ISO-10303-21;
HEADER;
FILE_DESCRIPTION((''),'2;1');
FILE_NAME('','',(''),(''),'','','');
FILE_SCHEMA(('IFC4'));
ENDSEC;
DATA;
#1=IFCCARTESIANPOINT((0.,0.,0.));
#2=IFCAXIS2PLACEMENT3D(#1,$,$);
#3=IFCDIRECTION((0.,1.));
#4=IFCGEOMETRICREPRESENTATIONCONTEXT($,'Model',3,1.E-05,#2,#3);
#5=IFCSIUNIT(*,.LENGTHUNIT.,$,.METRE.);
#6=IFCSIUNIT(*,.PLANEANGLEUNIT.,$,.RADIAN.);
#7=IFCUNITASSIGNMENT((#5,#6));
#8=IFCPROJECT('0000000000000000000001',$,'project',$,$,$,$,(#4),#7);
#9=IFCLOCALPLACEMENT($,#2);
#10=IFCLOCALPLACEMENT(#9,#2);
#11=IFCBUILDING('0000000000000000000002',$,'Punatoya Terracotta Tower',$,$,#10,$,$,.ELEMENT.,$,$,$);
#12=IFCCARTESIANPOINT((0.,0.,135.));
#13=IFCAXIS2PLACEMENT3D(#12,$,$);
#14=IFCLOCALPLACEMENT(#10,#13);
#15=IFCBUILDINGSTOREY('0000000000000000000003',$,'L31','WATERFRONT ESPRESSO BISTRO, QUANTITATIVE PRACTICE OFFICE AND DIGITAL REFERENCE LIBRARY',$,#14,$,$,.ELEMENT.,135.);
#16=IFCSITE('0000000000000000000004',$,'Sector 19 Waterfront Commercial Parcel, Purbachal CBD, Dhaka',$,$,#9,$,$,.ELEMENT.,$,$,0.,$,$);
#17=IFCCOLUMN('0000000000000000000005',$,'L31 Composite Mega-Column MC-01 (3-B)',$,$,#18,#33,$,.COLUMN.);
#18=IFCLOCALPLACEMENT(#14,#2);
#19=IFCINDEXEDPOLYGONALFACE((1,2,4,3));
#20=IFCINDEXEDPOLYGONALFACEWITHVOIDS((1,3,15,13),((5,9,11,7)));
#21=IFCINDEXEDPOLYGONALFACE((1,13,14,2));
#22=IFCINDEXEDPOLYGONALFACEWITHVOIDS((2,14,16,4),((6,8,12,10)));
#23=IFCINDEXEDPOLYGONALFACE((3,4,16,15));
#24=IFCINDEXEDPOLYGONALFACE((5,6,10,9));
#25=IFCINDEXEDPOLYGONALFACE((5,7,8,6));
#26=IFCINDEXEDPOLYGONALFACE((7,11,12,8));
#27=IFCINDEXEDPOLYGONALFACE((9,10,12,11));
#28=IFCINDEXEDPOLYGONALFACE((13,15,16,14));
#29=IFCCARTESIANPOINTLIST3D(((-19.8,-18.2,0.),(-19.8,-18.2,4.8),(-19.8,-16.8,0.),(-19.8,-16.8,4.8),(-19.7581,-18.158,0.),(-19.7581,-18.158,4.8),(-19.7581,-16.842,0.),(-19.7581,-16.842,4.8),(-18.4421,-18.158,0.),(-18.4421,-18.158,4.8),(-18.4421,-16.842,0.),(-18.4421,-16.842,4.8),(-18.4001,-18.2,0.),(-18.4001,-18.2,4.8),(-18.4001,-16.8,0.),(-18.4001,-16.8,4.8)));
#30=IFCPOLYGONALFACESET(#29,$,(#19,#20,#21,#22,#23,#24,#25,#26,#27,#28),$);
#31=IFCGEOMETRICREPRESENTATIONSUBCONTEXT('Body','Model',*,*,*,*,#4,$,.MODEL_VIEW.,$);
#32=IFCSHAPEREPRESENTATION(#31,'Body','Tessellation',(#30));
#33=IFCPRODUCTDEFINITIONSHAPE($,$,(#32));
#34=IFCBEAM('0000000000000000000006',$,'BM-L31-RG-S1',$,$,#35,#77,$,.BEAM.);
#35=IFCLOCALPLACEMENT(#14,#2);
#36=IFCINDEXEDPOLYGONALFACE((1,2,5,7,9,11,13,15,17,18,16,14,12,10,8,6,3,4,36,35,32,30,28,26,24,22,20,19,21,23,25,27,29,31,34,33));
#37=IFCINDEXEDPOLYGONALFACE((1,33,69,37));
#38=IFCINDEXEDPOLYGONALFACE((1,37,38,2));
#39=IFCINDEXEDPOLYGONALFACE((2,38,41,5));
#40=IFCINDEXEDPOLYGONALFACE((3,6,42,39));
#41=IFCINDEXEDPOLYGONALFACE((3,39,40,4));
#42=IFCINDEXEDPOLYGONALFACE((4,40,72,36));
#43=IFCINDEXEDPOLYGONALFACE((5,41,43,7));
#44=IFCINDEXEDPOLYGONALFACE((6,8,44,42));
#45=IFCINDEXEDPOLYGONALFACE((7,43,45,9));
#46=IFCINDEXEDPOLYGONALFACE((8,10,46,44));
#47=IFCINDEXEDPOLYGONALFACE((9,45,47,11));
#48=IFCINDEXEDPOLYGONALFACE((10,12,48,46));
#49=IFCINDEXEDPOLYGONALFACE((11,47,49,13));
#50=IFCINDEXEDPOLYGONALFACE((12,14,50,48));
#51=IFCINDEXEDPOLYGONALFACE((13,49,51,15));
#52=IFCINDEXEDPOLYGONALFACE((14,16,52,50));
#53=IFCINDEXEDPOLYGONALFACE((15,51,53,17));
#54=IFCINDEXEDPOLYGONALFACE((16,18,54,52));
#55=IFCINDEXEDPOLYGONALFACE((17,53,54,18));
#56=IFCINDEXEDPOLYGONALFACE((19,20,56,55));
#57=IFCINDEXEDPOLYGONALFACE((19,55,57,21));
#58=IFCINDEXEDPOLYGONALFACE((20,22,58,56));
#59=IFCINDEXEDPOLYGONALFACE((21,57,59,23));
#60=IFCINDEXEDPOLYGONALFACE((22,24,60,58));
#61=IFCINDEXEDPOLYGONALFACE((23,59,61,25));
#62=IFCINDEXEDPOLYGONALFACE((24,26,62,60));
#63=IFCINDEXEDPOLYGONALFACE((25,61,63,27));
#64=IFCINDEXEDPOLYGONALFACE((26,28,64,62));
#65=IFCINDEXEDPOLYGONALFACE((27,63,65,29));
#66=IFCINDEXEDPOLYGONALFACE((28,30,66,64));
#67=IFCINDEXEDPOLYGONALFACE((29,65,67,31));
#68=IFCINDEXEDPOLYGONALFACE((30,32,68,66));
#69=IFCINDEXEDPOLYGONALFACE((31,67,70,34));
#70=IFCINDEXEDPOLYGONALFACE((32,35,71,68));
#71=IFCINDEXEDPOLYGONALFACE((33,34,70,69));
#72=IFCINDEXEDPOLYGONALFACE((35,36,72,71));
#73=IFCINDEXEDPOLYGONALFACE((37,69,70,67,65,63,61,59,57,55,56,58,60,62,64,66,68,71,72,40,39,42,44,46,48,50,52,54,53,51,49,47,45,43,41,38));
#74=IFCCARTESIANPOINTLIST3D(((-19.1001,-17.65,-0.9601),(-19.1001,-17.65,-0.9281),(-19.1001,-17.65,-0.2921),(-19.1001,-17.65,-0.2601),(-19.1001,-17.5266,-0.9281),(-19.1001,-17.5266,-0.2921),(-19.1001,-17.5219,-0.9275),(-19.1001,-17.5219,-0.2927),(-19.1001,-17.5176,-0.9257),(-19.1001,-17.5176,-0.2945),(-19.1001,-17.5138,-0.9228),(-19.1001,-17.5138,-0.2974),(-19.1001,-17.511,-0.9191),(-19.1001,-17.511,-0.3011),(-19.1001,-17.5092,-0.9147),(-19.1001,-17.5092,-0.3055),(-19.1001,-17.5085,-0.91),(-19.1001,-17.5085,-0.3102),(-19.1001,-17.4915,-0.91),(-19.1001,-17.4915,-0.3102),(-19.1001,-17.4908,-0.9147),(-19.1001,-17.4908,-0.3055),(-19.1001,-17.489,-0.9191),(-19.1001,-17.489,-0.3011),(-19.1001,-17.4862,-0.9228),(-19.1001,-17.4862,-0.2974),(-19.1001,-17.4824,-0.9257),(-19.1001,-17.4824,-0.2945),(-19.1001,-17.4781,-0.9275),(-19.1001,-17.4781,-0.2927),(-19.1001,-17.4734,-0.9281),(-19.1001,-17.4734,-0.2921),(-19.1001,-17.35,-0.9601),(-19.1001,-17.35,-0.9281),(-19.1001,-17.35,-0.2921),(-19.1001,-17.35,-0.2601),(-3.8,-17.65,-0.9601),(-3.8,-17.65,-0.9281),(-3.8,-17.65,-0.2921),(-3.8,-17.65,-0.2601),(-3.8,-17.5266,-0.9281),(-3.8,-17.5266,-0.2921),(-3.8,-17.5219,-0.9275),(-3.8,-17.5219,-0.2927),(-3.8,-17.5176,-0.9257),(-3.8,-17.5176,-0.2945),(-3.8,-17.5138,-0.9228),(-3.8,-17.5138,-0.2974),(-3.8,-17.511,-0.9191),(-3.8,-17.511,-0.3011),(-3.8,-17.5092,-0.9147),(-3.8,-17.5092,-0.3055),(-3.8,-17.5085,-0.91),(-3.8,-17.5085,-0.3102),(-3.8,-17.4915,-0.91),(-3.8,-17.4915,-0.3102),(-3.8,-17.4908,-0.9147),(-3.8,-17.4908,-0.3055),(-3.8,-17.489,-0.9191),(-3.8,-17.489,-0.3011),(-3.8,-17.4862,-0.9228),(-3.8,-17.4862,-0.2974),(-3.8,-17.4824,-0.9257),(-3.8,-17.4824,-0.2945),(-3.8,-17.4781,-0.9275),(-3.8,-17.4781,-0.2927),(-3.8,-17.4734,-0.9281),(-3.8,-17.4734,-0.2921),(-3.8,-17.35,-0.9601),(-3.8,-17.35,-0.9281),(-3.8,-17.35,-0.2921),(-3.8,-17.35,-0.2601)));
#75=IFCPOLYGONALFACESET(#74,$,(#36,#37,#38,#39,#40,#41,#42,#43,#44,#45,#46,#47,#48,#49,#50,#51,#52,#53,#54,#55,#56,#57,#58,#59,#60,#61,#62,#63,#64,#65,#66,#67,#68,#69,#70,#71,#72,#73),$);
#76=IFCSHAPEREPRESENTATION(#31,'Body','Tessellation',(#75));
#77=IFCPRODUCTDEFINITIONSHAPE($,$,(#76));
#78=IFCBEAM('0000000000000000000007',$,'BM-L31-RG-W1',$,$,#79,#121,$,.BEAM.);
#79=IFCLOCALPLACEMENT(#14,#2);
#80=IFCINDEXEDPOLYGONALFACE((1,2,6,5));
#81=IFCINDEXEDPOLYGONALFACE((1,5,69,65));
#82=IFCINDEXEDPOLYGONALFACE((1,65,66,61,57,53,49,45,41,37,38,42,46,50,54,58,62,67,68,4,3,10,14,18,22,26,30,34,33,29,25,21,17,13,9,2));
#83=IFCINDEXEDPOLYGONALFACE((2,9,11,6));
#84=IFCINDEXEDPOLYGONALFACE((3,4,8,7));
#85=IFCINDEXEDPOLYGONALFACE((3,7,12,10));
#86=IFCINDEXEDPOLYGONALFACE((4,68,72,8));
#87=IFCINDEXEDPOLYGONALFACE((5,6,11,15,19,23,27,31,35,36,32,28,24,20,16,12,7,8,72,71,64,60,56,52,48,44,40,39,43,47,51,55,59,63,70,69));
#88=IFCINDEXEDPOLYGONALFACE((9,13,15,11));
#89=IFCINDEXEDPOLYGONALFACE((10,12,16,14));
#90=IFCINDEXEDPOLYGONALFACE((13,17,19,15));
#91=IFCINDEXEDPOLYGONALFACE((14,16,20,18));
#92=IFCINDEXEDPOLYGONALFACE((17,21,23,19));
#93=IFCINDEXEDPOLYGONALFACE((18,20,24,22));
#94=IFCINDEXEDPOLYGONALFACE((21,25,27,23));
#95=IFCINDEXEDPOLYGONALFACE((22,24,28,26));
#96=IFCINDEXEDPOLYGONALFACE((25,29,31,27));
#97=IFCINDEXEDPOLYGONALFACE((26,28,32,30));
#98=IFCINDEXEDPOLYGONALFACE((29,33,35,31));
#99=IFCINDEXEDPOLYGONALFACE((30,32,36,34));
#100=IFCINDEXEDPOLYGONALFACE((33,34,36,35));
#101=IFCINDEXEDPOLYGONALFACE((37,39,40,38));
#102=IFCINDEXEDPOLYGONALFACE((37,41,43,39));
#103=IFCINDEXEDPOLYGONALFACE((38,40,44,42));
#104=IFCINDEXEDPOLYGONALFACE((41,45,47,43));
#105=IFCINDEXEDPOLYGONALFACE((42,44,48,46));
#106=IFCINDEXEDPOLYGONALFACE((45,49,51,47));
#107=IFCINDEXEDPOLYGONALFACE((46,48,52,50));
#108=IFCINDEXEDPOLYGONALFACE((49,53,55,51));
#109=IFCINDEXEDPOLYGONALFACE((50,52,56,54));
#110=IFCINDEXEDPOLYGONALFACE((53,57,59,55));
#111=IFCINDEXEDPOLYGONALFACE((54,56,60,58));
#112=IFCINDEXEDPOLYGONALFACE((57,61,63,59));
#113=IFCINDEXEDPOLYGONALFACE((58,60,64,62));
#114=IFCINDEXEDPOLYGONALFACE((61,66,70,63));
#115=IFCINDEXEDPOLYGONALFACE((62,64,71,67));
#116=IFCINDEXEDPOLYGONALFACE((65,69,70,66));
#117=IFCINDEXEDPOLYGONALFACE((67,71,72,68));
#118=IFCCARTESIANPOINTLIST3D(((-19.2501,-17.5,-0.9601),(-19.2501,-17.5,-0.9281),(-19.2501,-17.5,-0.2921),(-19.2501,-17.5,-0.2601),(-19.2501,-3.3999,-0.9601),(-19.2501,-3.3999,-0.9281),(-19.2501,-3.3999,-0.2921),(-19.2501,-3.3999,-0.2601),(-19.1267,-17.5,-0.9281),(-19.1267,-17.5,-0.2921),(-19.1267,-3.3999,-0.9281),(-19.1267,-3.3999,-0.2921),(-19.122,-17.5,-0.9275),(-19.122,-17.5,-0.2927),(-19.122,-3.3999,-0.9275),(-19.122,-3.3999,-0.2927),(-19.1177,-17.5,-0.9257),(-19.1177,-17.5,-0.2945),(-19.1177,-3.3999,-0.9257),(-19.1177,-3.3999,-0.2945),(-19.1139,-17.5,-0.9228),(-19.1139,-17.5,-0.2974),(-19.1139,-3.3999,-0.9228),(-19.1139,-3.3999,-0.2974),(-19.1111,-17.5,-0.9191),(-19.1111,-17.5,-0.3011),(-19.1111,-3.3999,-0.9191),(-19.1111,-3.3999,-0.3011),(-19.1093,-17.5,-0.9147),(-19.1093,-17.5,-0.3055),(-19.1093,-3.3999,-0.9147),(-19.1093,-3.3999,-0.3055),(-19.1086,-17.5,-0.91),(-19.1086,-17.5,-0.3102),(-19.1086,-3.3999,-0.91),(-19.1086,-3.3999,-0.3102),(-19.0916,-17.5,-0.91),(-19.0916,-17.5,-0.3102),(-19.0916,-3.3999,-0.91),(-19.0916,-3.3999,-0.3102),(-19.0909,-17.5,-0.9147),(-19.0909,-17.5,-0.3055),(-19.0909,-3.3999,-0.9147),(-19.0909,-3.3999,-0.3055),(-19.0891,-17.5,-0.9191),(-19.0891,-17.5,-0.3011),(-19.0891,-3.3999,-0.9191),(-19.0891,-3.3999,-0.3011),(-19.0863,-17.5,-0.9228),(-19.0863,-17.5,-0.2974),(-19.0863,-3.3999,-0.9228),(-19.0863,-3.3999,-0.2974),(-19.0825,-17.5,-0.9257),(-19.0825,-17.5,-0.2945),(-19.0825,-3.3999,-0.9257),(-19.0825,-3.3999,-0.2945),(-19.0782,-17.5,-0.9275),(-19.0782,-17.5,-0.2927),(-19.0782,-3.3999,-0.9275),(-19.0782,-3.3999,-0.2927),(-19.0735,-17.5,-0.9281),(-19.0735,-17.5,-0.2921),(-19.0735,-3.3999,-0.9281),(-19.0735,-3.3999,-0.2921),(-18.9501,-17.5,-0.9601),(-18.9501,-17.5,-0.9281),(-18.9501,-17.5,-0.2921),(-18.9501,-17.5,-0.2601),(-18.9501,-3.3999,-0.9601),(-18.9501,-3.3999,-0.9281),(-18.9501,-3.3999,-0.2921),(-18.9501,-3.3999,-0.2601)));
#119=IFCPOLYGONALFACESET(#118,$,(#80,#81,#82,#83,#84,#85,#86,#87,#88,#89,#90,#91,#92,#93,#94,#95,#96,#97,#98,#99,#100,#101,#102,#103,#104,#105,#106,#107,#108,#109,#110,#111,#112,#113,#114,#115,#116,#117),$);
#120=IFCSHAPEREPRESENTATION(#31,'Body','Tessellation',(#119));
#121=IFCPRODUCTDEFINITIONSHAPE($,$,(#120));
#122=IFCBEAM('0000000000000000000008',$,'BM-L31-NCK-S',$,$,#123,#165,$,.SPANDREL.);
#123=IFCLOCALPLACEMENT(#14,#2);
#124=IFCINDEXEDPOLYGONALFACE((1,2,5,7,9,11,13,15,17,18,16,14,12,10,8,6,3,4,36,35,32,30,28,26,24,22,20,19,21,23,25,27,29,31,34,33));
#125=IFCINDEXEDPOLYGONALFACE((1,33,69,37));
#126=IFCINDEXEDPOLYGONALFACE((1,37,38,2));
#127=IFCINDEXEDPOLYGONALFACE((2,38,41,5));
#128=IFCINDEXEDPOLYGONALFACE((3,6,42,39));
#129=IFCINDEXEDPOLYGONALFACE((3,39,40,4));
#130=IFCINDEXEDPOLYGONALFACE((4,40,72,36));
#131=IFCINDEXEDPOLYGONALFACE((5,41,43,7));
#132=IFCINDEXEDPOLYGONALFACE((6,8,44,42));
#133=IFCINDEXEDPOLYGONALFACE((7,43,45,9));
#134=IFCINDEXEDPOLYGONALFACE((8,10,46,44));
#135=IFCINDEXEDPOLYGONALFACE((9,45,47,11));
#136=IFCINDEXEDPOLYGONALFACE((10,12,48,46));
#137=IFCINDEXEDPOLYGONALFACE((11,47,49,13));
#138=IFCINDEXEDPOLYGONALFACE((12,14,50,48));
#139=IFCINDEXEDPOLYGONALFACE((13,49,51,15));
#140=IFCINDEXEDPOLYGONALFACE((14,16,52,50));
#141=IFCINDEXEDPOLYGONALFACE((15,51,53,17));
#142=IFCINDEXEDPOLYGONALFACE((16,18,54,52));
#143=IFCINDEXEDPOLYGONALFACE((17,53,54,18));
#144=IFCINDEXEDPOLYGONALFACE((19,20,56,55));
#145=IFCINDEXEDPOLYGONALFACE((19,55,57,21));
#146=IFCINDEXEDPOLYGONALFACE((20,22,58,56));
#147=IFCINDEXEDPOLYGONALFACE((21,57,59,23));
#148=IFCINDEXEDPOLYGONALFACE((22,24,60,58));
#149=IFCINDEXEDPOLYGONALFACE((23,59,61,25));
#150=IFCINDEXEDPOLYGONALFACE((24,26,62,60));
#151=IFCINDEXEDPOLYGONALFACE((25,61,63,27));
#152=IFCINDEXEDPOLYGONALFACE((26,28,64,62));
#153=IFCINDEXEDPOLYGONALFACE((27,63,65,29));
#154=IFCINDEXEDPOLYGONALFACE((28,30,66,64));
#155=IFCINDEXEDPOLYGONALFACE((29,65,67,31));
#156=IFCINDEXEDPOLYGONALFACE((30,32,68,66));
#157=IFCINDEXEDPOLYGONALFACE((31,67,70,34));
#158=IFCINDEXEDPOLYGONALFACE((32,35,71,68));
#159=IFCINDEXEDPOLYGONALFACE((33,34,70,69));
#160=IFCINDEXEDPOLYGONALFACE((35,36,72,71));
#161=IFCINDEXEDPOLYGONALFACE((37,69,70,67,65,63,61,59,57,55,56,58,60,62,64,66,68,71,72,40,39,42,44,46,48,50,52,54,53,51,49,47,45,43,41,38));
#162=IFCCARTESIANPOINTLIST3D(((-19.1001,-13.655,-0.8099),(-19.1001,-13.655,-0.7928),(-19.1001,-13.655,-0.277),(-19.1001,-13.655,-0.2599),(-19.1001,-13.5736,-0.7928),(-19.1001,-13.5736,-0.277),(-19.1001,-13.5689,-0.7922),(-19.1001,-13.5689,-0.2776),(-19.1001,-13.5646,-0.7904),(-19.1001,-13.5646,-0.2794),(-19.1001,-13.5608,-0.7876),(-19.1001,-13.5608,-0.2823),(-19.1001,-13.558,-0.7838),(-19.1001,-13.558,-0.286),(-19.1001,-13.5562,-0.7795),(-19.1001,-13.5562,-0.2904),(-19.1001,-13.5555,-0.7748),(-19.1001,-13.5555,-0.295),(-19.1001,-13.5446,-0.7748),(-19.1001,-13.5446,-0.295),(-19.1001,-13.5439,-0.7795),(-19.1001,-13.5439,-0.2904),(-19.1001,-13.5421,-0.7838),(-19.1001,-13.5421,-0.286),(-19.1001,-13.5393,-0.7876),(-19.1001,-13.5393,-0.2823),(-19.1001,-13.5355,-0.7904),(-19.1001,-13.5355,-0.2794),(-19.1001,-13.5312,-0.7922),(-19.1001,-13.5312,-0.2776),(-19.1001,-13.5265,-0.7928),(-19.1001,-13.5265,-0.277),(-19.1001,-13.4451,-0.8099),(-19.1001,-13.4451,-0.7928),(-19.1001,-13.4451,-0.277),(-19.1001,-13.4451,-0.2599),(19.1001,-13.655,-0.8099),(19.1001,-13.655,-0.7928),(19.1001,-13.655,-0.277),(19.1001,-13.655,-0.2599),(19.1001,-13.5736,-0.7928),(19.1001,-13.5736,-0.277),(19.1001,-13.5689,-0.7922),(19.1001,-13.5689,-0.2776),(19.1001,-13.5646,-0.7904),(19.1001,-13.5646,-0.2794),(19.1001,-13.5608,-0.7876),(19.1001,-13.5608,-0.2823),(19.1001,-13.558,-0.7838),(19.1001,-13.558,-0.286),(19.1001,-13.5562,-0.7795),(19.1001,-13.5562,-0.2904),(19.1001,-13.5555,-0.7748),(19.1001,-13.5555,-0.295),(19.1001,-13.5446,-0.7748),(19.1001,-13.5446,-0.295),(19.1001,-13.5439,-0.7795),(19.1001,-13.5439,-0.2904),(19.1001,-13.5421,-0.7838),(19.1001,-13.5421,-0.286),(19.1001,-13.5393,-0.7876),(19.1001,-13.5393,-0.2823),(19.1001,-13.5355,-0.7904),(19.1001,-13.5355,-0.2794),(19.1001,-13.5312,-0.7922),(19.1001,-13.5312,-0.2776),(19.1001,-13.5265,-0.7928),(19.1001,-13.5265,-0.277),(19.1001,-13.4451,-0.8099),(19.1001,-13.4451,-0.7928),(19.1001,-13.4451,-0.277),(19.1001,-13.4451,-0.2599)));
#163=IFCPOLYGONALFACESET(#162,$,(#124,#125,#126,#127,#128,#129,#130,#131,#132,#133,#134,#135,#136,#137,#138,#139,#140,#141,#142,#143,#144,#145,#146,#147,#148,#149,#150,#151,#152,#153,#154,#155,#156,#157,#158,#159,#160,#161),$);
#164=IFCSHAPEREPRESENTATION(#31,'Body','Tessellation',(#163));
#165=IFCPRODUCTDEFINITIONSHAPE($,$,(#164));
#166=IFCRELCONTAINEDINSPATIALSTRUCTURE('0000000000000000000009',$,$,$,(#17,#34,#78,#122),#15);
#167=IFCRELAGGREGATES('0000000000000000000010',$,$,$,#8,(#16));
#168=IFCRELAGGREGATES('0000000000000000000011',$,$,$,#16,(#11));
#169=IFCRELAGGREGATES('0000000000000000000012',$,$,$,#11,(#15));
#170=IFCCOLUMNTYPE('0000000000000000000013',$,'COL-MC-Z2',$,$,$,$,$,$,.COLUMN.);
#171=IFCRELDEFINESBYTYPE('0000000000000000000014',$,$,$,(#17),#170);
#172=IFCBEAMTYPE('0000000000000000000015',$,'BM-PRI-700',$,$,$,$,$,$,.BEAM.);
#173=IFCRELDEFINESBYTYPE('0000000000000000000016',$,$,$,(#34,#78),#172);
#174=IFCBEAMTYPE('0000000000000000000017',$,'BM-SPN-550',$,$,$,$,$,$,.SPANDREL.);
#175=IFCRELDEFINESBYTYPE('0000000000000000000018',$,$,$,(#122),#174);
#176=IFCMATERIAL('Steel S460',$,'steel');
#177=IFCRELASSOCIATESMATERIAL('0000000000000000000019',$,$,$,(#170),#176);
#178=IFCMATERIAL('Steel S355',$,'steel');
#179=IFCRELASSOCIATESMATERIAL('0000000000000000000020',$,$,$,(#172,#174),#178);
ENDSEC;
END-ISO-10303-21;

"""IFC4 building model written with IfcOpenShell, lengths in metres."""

from ifc_helpers import new_model, si_unit, direction, frame, origin, origin_2d, place, context, subcontext, project, spatial, hollow_rectangle, i_section, extrude, material, material_profile, profile_set, type_object, element, save


model = new_model("IFC4")

# Units and contexts
model_context = context("Model", 3, precision=1e-05, world=origin(), true_north=direction((0.0, 1.0)))
body_context = subcontext(model_context, "Body", "Model", "MODEL_VIEW")
ifc_project = project(units=[si_unit("LENGTHUNIT", "METRE"), si_unit("PLANEANGLEUNIT", "RADIAN")], contexts=[model_context])

# Site, building, storey
site_placement = place(None, origin())
site = spatial("IfcSite", under=ifc_project, at=site_placement, Name="Sector 19 Waterfront Commercial Parcel, Purbachal CBD, Dhaka", CompositionType="ELEMENT", RefElevation=0.0)
building_placement = place(site_placement, origin())
building = spatial("IfcBuilding", under=site, at=building_placement, Name="Punatoya Terracotta Tower", CompositionType="ELEMENT")
storey_placement = place(building_placement, frame((0.0, 0.0, 135.0)))
storey = spatial("IfcBuildingStorey", under=building, at=storey_placement, Name="L31", Description="WATERFRONT ESPRESSO BISTRO, QUANTITATIVE PRACTICE OFFICE AND DIGITAL REFERENCE LIBRARY", CompositionType="ELEMENT", Elevation=135.0)

# Column
ifc_material_1 = material(Name="Steel S460", Category="steel")
ifc_material_profile_1 = material_profile(ifc_material_1, hollow_rectangle(XDim=1.3999, YDim=1.3999, WallThickness=0.042, at=origin_2d()))
ifc_profile_set_1 = profile_set([ifc_material_profile_1], Name="Steel S460")
column_type = type_object("IfcColumnType", Name="COL-MC-Z2", PredefinedType="COLUMN", material=ifc_profile_set_1)
column_placement = place(storey_placement, frame((-19.1001, -17.5, 0.0), z_axis=(0.0, 0.0, 1.0), x_axis=(1.0, 0.0, 0.0)))
element("IfcColumn", 1, at=column_placement, inside=storey, type_object=column_type, Name="L31 Composite Mega-Column MC-01 (3-B)", PredefinedType="COLUMN", context=body_context, shape_type="SweptSolid", body=[
    extrude(hollow_rectangle(XDim=1.3999, YDim=1.3999, WallThickness=0.042, at=origin_2d()), origin(), (0.0, 0.0, 1.0), 4.8),
])

# Beams
ifc_material_2 = material(Name="Steel S355", Category="steel")
ifc_material_profile_2 = material_profile(ifc_material_2, i_section(OverallWidth=0.3, OverallDepth=0.7, WebThickness=0.0171, FlangeThickness=0.032, FilletRadius=0.0181, at=origin_2d()))
ifc_profile_set_2 = profile_set([ifc_material_profile_2], Name="Steel S355")
beam_type_1 = type_object("IfcBeamType", Name="BM-PRI-700", PredefinedType="BEAM", material=ifc_profile_set_2)
beam_1_placement = place(storey_placement, frame((-19.1001, -17.5, -0.6101), z_axis=(1.0, 0.0, 0.0), x_axis=(0.0, 1.0, 0.0)))
element("IfcBeam", 2, at=beam_1_placement, inside=storey, type_object=beam_type_1, Name="BM-L31-RG-S1", PredefinedType="BEAM", context=body_context, shape_type="SweptSolid", body=[
    extrude(i_section(OverallWidth=0.3, OverallDepth=0.7, WebThickness=0.0171, FlangeThickness=0.032, FilletRadius=0.0181, at=origin_2d()), origin(), (0.0, 0.0, 1.0), 15.3),
])
beam_2_placement = place(storey_placement, frame((-19.1001, -17.5, -0.6101), z_axis=(0.0, 1.0, 0.0), x_axis=(-1.0, 0.0, 0.0)))
element("IfcBeam", 3, at=beam_2_placement, inside=storey, type_object=beam_type_1, Name="BM-L31-RG-W1", PredefinedType="BEAM", context=body_context, shape_type="SweptSolid", body=[
    extrude(i_section(OverallWidth=0.3, OverallDepth=0.7, WebThickness=0.0171, FlangeThickness=0.032, FilletRadius=0.0181, at=origin_2d()), origin(), (0.0, 0.0, 1.0), 14.1001),
])
ifc_material_profile_3 = material_profile(ifc_material_2, i_section(OverallWidth=0.21, OverallDepth=0.55, WebThickness=0.011, FlangeThickness=0.0171, FilletRadius=0.0181, at=origin_2d()))
ifc_profile_set_3 = profile_set([ifc_material_profile_3], Name="Steel S355")
beam_type_2 = type_object("IfcBeamType", Name="BM-SPN-550", PredefinedType="SPANDREL", material=ifc_profile_set_3)
beam_3_placement = place(storey_placement, frame((-19.1001, -13.55, -0.5349), z_axis=(1.0, 0.0, 0.0), x_axis=(0.0, 1.0, 0.0)))
element("IfcBeam", 4, at=beam_3_placement, inside=storey, type_object=beam_type_2, Name="BM-L31-NCK-S", PredefinedType="SPANDREL", context=body_context, shape_type="SweptSolid", body=[
    extrude(i_section(OverallWidth=0.21, OverallDepth=0.55, WebThickness=0.011, FlangeThickness=0.0171, FilletRadius=0.0181, at=origin_2d()), origin(), (0.0, 0.0, 1.0), 38.2002),
])

save(model, "model.ifc")
